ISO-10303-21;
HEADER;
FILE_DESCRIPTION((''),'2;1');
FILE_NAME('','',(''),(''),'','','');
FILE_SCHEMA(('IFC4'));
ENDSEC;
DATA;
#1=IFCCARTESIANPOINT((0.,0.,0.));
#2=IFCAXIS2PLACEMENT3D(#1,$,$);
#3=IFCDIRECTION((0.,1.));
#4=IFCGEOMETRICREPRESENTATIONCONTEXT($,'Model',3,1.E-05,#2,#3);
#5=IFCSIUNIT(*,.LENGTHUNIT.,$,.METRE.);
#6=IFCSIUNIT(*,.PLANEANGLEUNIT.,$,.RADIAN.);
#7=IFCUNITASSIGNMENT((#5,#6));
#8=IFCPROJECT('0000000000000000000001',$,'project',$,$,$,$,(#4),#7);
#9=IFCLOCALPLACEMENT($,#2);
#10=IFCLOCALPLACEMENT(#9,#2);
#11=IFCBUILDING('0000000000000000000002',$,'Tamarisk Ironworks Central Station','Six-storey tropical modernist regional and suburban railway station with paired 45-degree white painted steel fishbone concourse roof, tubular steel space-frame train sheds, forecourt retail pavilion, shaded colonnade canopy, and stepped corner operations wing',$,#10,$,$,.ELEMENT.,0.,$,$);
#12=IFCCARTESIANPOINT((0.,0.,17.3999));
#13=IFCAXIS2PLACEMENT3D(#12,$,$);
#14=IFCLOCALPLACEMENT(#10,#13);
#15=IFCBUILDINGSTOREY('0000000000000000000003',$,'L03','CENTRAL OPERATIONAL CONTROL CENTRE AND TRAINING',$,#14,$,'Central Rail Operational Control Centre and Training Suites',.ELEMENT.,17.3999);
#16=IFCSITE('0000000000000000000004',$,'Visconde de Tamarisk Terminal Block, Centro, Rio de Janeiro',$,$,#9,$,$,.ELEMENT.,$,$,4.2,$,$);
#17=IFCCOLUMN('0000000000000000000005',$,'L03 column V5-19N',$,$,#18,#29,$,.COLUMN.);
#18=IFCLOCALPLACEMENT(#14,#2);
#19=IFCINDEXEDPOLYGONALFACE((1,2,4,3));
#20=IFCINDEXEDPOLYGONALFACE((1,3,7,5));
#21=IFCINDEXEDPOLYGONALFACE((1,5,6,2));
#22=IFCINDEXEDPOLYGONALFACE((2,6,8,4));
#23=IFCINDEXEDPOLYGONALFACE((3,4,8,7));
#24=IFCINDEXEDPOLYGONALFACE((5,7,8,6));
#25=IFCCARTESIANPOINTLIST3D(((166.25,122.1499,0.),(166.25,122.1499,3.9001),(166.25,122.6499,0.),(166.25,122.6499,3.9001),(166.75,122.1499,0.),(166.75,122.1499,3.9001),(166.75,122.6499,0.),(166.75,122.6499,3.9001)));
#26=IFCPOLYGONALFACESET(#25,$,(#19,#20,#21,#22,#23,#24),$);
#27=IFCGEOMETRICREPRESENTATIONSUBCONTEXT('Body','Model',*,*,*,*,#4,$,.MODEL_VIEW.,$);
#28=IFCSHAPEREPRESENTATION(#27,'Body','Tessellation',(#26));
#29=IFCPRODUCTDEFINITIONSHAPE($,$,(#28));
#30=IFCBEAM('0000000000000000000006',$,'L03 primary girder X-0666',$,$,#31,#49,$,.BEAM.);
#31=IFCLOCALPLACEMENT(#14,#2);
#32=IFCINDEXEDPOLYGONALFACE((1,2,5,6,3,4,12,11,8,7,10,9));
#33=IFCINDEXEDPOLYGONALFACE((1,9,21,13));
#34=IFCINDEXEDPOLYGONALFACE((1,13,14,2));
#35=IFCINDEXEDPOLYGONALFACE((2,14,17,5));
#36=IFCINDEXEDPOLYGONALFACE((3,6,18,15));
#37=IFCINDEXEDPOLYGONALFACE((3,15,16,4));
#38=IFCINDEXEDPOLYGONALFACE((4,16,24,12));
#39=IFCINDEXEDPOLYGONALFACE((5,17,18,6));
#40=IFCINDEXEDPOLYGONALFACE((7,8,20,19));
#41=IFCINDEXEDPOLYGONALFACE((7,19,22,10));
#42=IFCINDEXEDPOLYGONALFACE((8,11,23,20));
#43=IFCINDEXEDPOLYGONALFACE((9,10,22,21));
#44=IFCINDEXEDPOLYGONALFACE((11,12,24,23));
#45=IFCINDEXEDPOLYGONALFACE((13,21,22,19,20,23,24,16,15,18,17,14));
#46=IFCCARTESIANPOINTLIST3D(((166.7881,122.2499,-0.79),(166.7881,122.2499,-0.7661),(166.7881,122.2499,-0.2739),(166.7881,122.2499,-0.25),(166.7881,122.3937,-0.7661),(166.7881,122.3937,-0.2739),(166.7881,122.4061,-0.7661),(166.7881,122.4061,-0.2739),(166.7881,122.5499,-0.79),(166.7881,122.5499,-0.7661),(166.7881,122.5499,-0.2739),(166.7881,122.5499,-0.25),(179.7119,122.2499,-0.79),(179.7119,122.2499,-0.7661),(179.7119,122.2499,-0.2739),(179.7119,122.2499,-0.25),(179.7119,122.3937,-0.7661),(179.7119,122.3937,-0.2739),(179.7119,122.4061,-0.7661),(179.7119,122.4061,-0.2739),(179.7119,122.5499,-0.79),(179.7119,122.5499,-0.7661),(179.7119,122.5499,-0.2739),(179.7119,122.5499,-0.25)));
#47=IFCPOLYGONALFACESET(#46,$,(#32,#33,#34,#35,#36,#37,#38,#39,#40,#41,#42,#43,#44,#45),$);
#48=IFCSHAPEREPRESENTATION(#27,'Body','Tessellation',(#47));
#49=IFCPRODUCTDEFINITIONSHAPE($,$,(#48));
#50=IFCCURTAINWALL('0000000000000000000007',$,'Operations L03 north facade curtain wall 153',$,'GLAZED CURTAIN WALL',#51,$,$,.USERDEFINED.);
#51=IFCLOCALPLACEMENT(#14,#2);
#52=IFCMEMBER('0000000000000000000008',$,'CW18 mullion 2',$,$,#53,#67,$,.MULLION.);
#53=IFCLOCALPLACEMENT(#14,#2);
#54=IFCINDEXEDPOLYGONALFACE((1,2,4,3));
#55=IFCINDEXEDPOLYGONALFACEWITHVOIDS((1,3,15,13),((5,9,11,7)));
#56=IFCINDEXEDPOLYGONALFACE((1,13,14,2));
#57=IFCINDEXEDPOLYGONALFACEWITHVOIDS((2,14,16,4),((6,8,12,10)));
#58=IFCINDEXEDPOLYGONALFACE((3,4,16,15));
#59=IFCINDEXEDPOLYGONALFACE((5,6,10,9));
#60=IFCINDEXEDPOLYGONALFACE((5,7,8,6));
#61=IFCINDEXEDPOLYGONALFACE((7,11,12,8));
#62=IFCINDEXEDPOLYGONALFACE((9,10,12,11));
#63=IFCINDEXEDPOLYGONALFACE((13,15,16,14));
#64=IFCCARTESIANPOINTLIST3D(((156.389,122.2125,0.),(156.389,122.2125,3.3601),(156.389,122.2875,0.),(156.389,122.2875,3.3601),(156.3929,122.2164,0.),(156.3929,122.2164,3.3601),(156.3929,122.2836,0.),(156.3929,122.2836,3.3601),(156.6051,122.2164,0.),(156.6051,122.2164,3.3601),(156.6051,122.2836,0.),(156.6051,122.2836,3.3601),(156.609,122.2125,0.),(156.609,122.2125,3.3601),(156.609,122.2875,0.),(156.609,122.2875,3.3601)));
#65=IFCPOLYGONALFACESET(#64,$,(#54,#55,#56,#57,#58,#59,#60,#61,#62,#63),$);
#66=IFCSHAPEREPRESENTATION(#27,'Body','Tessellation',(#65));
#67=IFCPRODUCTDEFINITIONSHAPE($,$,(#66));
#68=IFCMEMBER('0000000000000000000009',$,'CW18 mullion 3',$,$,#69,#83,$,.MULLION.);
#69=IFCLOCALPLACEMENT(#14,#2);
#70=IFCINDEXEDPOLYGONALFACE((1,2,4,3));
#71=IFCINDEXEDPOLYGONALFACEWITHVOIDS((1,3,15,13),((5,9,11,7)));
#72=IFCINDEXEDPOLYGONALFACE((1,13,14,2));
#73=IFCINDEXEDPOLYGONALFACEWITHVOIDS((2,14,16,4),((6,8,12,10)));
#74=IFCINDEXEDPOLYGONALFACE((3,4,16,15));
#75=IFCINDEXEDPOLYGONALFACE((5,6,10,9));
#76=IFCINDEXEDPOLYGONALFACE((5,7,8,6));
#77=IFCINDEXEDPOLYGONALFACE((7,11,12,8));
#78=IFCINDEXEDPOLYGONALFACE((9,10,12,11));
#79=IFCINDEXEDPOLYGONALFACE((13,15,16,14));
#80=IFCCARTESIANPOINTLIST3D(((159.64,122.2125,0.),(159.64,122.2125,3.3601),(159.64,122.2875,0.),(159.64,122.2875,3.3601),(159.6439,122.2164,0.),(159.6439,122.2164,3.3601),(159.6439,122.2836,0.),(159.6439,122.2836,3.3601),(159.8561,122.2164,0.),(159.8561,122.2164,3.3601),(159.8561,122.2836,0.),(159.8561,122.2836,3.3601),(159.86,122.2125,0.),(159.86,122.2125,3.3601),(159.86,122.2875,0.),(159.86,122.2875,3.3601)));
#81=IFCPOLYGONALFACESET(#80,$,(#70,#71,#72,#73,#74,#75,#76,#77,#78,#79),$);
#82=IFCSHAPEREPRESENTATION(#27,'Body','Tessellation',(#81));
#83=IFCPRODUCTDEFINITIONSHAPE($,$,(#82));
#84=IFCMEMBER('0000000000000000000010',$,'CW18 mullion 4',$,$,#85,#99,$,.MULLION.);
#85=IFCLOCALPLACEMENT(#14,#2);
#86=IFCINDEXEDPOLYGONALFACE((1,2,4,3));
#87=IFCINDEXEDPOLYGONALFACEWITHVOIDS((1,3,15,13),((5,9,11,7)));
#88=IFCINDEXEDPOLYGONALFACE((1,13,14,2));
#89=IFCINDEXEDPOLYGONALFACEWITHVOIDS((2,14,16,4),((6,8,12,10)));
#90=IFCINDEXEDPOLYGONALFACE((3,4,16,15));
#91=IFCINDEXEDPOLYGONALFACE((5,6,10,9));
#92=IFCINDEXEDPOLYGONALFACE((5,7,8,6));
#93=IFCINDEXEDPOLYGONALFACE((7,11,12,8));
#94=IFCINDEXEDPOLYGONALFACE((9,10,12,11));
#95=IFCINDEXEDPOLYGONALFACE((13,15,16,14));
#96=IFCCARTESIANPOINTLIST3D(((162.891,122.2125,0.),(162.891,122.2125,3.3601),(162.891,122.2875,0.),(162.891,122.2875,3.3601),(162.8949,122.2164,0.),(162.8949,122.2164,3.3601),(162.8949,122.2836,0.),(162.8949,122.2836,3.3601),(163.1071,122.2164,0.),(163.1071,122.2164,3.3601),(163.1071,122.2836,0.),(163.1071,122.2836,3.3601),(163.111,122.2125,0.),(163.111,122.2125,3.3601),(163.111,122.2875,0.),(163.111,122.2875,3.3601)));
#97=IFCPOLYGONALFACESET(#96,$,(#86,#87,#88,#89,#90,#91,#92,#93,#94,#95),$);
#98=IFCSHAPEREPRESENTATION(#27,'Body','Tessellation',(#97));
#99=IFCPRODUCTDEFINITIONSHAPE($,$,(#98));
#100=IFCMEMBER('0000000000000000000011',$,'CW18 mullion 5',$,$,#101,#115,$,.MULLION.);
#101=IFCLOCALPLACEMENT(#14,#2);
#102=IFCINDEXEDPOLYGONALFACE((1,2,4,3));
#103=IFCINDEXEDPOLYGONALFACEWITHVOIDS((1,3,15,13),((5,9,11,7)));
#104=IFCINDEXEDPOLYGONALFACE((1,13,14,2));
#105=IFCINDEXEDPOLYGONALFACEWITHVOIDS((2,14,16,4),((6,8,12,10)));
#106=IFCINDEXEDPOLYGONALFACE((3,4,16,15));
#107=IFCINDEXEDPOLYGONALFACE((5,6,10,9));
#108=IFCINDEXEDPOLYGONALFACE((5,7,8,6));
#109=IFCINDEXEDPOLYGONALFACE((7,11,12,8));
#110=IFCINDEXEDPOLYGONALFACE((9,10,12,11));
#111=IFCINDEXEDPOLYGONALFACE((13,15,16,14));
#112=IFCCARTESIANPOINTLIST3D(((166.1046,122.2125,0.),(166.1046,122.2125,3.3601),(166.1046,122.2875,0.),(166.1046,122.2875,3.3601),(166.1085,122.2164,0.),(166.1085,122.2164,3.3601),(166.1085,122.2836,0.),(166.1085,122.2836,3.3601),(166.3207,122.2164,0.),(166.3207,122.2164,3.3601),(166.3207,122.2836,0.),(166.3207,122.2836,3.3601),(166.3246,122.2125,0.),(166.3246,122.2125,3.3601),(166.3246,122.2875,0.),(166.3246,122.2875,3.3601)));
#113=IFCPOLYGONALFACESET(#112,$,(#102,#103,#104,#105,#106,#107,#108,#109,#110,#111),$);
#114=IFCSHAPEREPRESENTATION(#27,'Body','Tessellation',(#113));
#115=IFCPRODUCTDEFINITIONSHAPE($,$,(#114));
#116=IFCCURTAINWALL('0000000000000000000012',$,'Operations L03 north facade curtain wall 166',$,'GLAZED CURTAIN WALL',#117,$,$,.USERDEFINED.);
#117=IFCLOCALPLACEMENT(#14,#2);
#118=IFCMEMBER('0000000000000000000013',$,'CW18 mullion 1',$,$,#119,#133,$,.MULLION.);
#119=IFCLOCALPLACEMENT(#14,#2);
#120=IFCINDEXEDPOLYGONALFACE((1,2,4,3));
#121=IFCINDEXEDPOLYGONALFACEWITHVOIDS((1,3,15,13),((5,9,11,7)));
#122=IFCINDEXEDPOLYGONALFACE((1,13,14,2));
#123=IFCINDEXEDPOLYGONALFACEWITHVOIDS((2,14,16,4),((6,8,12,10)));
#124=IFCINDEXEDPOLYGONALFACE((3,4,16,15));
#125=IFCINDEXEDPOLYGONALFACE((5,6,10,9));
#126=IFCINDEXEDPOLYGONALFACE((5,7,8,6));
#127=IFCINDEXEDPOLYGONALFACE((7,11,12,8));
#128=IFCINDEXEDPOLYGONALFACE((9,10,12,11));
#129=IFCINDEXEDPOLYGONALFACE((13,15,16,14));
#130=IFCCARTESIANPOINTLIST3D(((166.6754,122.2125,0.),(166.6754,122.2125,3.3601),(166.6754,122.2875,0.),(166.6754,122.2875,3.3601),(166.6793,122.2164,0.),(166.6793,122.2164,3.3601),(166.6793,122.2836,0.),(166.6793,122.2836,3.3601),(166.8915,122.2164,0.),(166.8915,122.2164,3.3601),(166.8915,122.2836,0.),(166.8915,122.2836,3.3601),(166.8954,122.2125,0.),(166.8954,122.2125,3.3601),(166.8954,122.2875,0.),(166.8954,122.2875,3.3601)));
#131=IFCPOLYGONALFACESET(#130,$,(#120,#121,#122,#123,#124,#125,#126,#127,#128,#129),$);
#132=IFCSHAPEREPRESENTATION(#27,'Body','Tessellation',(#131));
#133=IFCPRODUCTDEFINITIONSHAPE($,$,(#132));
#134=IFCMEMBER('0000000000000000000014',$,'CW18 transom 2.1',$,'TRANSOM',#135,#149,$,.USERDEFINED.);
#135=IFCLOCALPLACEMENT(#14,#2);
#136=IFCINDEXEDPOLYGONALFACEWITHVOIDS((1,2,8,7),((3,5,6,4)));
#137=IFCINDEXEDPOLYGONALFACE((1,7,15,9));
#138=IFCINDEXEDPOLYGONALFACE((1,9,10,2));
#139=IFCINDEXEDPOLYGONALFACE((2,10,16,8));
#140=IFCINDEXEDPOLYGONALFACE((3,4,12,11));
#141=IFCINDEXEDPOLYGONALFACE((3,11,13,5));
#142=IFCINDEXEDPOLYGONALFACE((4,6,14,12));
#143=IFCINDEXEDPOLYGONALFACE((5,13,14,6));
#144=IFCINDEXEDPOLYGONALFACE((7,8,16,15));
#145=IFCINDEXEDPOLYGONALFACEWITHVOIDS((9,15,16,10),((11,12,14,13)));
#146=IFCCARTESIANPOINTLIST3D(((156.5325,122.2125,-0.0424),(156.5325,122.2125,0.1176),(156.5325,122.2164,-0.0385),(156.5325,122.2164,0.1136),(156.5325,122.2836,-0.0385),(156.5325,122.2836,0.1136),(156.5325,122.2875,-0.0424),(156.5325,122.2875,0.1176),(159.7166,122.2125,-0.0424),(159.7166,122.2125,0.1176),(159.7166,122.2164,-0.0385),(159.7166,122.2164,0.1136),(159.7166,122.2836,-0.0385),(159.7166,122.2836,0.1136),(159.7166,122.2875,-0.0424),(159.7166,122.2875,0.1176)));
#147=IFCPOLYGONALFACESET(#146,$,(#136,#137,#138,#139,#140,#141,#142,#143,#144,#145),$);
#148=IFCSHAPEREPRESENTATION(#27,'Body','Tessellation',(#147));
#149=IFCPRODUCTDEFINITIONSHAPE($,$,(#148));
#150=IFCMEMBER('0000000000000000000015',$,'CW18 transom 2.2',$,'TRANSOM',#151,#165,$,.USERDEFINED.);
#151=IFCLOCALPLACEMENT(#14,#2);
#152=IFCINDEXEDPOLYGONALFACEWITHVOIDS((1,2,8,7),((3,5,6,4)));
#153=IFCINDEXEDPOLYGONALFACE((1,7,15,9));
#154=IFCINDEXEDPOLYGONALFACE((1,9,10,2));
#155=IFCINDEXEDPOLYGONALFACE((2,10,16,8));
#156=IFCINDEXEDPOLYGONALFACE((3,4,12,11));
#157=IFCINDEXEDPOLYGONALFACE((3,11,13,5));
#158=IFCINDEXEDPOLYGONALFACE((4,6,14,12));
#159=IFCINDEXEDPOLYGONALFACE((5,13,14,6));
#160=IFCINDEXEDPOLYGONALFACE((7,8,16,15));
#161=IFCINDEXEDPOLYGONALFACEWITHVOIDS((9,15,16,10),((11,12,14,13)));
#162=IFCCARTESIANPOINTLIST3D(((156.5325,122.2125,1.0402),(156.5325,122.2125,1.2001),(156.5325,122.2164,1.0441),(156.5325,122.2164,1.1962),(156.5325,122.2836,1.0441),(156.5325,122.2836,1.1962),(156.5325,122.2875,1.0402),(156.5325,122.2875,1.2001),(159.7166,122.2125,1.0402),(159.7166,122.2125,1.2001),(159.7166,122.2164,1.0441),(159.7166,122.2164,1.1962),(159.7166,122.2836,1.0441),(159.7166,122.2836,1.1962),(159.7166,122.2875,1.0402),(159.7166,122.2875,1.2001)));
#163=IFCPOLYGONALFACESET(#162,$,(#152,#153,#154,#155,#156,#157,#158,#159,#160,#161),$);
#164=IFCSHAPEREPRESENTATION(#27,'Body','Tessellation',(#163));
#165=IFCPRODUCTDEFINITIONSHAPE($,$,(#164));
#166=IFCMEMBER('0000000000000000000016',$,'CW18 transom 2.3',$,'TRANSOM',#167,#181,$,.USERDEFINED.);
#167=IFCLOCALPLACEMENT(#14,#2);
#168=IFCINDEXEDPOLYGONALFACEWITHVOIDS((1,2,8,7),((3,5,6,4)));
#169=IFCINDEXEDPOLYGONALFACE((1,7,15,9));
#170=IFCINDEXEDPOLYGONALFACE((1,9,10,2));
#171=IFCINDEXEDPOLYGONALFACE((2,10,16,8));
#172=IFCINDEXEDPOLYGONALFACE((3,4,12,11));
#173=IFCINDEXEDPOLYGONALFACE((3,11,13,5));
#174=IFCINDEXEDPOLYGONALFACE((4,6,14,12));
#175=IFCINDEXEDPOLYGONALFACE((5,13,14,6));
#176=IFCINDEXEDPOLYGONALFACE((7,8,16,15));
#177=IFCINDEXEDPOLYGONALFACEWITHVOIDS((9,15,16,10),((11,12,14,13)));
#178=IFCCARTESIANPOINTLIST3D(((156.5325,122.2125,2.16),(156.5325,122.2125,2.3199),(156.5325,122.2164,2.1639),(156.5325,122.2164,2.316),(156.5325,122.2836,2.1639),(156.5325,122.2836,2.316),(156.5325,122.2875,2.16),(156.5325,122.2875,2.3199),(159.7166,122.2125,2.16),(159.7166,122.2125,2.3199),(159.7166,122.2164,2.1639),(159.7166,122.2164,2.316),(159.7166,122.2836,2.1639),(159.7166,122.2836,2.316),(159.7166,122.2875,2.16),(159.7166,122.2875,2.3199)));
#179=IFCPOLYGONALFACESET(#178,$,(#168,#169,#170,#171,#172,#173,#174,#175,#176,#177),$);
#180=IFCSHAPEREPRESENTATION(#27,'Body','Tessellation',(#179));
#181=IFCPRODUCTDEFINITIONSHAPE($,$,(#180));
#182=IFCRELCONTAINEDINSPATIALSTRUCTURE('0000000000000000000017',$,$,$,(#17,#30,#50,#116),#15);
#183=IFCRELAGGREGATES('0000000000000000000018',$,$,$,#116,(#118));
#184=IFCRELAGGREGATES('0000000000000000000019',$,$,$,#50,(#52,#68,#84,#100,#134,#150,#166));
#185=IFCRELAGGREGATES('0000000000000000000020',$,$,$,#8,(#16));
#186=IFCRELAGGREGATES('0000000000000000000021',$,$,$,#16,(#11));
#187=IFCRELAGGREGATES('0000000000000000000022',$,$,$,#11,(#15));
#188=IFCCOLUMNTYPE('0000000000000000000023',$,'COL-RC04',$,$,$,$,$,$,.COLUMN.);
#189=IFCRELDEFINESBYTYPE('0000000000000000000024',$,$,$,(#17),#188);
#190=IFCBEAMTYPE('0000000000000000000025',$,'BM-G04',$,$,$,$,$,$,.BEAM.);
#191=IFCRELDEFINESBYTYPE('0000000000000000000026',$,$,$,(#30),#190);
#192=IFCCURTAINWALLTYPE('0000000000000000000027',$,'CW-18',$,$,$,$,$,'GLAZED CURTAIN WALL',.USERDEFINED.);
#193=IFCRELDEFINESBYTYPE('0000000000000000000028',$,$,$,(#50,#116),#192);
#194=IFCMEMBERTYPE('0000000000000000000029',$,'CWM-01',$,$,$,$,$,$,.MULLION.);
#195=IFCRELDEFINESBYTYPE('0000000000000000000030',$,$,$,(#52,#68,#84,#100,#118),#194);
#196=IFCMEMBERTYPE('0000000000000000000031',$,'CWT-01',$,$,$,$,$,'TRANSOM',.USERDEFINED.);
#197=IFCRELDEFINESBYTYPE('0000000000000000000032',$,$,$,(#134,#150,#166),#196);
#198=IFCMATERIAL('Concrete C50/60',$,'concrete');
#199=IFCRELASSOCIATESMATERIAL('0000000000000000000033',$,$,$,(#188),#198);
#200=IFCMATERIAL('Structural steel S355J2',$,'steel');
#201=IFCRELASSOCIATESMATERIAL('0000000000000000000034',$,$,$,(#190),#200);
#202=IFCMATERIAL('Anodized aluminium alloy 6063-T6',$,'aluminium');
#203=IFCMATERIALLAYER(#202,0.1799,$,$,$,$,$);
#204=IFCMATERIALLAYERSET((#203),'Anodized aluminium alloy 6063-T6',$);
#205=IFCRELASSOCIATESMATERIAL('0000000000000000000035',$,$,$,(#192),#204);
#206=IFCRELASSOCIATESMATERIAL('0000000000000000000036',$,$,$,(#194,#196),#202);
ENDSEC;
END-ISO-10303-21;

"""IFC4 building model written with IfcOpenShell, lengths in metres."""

from ifc_helpers import new_model, si_unit, direction, frame, origin, origin_2d, place, context, subcontext, project, spatial, rectangle, hollow_rectangle, i_section, extrude, material, layer, layer_set, material_profile, profile_set, type_object, element, aggregate, save


model = new_model("IFC4")

# Units and contexts
model_context = context("Model", 3, precision=1e-05, world=origin(), true_north=direction((0.0, 1.0)))
body_context = subcontext(model_context, "Body", "Model", "MODEL_VIEW")
ifc_project = project(units=[si_unit("LENGTHUNIT", "METRE"), si_unit("PLANEANGLEUNIT", "RADIAN")], contexts=[model_context])

# Site, building, storey
site_placement = place(None, origin())
site = spatial("IfcSite", under=ifc_project, at=site_placement, Name="Visconde de Tamarisk Terminal Block, Centro, Rio de Janeiro", CompositionType="ELEMENT", RefElevation=4.2)
building_placement = place(site_placement, origin())
building = spatial("IfcBuilding", under=site, at=building_placement, Name="Tamarisk Ironworks Central Station", Description="Six-storey tropical modernist regional and suburban railway station with paired 45-degree white painted steel fishbone concourse roof, tubular steel space-frame train sheds, forecourt retail pavilion, shaded colonnade canopy, and stepped corner operations wing", CompositionType="ELEMENT", ElevationOfRefHeight=0.0)
storey_placement = place(building_placement, frame((0.0, 0.0, 17.3999)))
storey = spatial("IfcBuildingStorey", under=building, at=storey_placement, Name="L03", Description="CENTRAL OPERATIONAL CONTROL CENTRE AND TRAINING", LongName="Central Rail Operational Control Centre and Training Suites", CompositionType="ELEMENT", Elevation=17.3999)

# Column
ifc_material_1 = material(Name="Concrete C50/60", Category="concrete")
ifc_material_profile_1 = material_profile(ifc_material_1, rectangle(XDim=0.5, YDim=0.5, at=origin_2d()), Name="RC 500x500")
ifc_profile_set_1 = profile_set([ifc_material_profile_1], Name="Concrete C50/60")
column_type = type_object("IfcColumnType", Name="COL-RC04", PredefinedType="COLUMN", material=ifc_profile_set_1)
column_placement = place(storey_placement, frame((166.5, 122.3999, 0.0), z_axis=(0.0, 0.0, 1.0), x_axis=(1.0, 0.0, 0.0)))
element("IfcColumn", 1, at=column_placement, inside=storey, type_object=column_type, Name="L03 column V5-19N", PredefinedType="COLUMN", context=body_context, shape_type="SweptSolid", body=[
    extrude(rectangle(XDim=0.5, YDim=0.5, at=origin_2d()), origin(), (0.0, 0.0, 1.0), 3.9001),
])

# Beam
ifc_material_2 = material(Name="Structural steel S355J2", Category="steel")
ifc_material_profile_2 = material_profile(ifc_material_2, i_section(OverallWidth=0.3, OverallDepth=0.54, WebThickness=0.0125, FlangeThickness=0.0239, at=origin_2d()), Name="HEA 550")
ifc_profile_set_2 = profile_set([ifc_material_profile_2], Name="Structural steel S355J2")
beam_type = type_object("IfcBeamType", Name="BM-G04", PredefinedType="BEAM", material=ifc_profile_set_2)
beam_placement = place(storey_placement, frame((166.7881, 122.3999, -0.52), z_axis=(1.0, 0.0, 0.0), x_axis=(0.0, 1.0, 0.0)))
element("IfcBeam", 2, at=beam_placement, inside=storey, type_object=beam_type, Name="L03 primary girder X-0666", PredefinedType="BEAM", context=body_context, shape_type="SweptSolid", body=[
    extrude(i_section(OverallWidth=0.3, OverallDepth=0.54, WebThickness=0.0125, FlangeThickness=0.0239, at=origin_2d()), origin(), (0.0, 0.0, 1.0), 12.9238),
])

# Curtain wall, members
ifc_material_3 = material(Name="Anodized aluminium alloy 6063-T6", Category="aluminium")
ifc_layer_1 = layer(ifc_material_3, 0.1799)
ifc_layer_set_1 = layer_set([ifc_layer_1], Name="Anodized aluminium alloy 6063-T6")
curtain_wall_type = type_object("IfcCurtainWallType", Name="CW-18", ElementType="GLAZED CURTAIN WALL", PredefinedType="USERDEFINED", material=ifc_layer_set_1)
curtain_wall_1_placement = place(storey_placement, origin())
curtain_wall_1 = element("IfcCurtainWall", 3, at=curtain_wall_1_placement, inside=storey, type_object=curtain_wall_type, Name="Operations L03 north facade curtain wall 153", ObjectType="GLAZED CURTAIN WALL", PredefinedType="USERDEFINED")
ifc_material_profile_3 = material_profile(ifc_material_3, hollow_rectangle(XDim=0.075, YDim=0.22, WallThickness=0.0039, at=origin_2d()), Name="ALUM 220x75")
ifc_profile_set_3 = profile_set([ifc_material_profile_3], Name="Anodized aluminium alloy 6063-T6")
member_type_1 = type_object("IfcMemberType", Name="CWM-01", PredefinedType="MULLION", material=ifc_profile_set_3)
member_1_placement = place(storey_placement, frame((156.499, 122.25, 0.0), z_axis=(0.0, 0.0, 1.0), x_axis=(0.0, 1.0, 0.0)))
member_1 = element("IfcMember", 4, at=member_1_placement, type_object=member_type_1, Name="CW18 mullion 2", PredefinedType="MULLION", context=body_context, shape_type="SweptSolid", body=[
    extrude(hollow_rectangle(XDim=0.075, YDim=0.22, WallThickness=0.0039, at=origin_2d()), origin(), (0.0, 0.0, 1.0), 3.3601),
])
member_2_placement = place(storey_placement, frame((159.75, 122.25, 0.0), z_axis=(0.0, 0.0, 1.0), x_axis=(0.0, 1.0, 0.0)))
member_2 = element("IfcMember", 5, at=member_2_placement, type_object=member_type_1, Name="CW18 mullion 3", PredefinedType="MULLION", context=body_context, shape_type="SweptSolid", body=[
    extrude(hollow_rectangle(XDim=0.075, YDim=0.22, WallThickness=0.0039, at=origin_2d()), origin(), (0.0, 0.0, 1.0), 3.3601),
])
member_3_placement = place(storey_placement, frame((163.001, 122.25, 0.0), z_axis=(0.0, 0.0, 1.0), x_axis=(0.0, 1.0, 0.0)))
member_3 = element("IfcMember", 6, at=member_3_placement, type_object=member_type_1, Name="CW18 mullion 4", PredefinedType="MULLION", context=body_context, shape_type="SweptSolid", body=[
    extrude(hollow_rectangle(XDim=0.075, YDim=0.22, WallThickness=0.0039, at=origin_2d()), origin(), (0.0, 0.0, 1.0), 3.3601),
])
member_4_placement = place(storey_placement, frame((166.2146, 122.25, 0.0), z_axis=(0.0, 0.0, 1.0), x_axis=(0.0, 1.0, 0.0)))
member_4 = element("IfcMember", 7, at=member_4_placement, type_object=member_type_1, Name="CW18 mullion 5", PredefinedType="MULLION", context=body_context, shape_type="SweptSolid", body=[
    extrude(hollow_rectangle(XDim=0.075, YDim=0.22, WallThickness=0.0039, at=origin_2d()), origin(), (0.0, 0.0, 1.0), 3.3601),
])

# Curtain wall, member
curtain_wall_2_placement = place(storey_placement, origin())
curtain_wall_2 = element("IfcCurtainWall", 8, at=curtain_wall_2_placement, inside=storey, type_object=curtain_wall_type, Name="Operations L03 north facade curtain wall 166", ObjectType="GLAZED CURTAIN WALL", PredefinedType="USERDEFINED")
member_5_placement = place(storey_placement, frame((166.7854, 122.25, 0.0), z_axis=(0.0, 0.0, 1.0), x_axis=(0.0, 1.0, 0.0)))
member_5 = element("IfcMember", 9, at=member_5_placement, type_object=member_type_1, Name="CW18 mullion 1", PredefinedType="MULLION", context=body_context, shape_type="SweptSolid", body=[
    extrude(hollow_rectangle(XDim=0.075, YDim=0.22, WallThickness=0.0039, at=origin_2d()), origin(), (0.0, 0.0, 1.0), 3.3601),
])

# Members
ifc_material_profile_4 = material_profile(ifc_material_3, hollow_rectangle(XDim=0.075, YDim=0.1599, WallThickness=0.0039, at=origin_2d()), Name="ALUM 160x75")
ifc_profile_set_4 = profile_set([ifc_material_profile_4], Name="Anodized aluminium alloy 6063-T6")
member_type_2 = type_object("IfcMemberType", Name="CWT-01", ElementType="TRANSOM", PredefinedType="USERDEFINED", material=ifc_profile_set_4)
member_6_placement = place(storey_placement, frame((156.5325, 122.25, 0.0376), z_axis=(1.0, 0.0, 0.0), x_axis=(0.0, 1.0, 0.0)))
member_6 = element("IfcMember", 10, at=member_6_placement, type_object=member_type_2, Name="CW18 transom 2.1", ObjectType="TRANSOM", PredefinedType="USERDEFINED", context=body_context, shape_type="SweptSolid", body=[
    extrude(hollow_rectangle(XDim=0.075, YDim=0.1599, WallThickness=0.0039, at=origin_2d()), origin(), (0.0, 0.0, 1.0), 3.1841),
])
member_7_placement = place(storey_placement, frame((156.5325, 122.25, 1.1201), z_axis=(1.0, 0.0, 0.0), x_axis=(0.0, 1.0, 0.0)))
member_7 = element("IfcMember", 11, at=member_7_placement, type_object=member_type_2, Name="CW18 transom 2.2", ObjectType="TRANSOM", PredefinedType="USERDEFINED", context=body_context, shape_type="SweptSolid", body=[
    extrude(hollow_rectangle(XDim=0.075, YDim=0.1599, WallThickness=0.0039, at=origin_2d()), origin(), (0.0, 0.0, 1.0), 3.1841),
])
member_8_placement = place(storey_placement, frame((156.5325, 122.25, 2.24), z_axis=(1.0, 0.0, 0.0), x_axis=(0.0, 1.0, 0.0)))
member_8 = element("IfcMember", 12, at=member_8_placement, type_object=member_type_2, Name="CW18 transom 2.3", ObjectType="TRANSOM", PredefinedType="USERDEFINED", context=body_context, shape_type="SweptSolid", body=[
    extrude(hollow_rectangle(XDim=0.075, YDim=0.1599, WallThickness=0.0039, at=origin_2d()), origin(), (0.0, 0.0, 1.0), 3.1841),
])
aggregate(curtain_wall_2, [member_5])

aggregate(curtain_wall_1, [member_1, member_2, member_3, member_4, member_6, member_7, member_8])

save(model, "model.ifc")
